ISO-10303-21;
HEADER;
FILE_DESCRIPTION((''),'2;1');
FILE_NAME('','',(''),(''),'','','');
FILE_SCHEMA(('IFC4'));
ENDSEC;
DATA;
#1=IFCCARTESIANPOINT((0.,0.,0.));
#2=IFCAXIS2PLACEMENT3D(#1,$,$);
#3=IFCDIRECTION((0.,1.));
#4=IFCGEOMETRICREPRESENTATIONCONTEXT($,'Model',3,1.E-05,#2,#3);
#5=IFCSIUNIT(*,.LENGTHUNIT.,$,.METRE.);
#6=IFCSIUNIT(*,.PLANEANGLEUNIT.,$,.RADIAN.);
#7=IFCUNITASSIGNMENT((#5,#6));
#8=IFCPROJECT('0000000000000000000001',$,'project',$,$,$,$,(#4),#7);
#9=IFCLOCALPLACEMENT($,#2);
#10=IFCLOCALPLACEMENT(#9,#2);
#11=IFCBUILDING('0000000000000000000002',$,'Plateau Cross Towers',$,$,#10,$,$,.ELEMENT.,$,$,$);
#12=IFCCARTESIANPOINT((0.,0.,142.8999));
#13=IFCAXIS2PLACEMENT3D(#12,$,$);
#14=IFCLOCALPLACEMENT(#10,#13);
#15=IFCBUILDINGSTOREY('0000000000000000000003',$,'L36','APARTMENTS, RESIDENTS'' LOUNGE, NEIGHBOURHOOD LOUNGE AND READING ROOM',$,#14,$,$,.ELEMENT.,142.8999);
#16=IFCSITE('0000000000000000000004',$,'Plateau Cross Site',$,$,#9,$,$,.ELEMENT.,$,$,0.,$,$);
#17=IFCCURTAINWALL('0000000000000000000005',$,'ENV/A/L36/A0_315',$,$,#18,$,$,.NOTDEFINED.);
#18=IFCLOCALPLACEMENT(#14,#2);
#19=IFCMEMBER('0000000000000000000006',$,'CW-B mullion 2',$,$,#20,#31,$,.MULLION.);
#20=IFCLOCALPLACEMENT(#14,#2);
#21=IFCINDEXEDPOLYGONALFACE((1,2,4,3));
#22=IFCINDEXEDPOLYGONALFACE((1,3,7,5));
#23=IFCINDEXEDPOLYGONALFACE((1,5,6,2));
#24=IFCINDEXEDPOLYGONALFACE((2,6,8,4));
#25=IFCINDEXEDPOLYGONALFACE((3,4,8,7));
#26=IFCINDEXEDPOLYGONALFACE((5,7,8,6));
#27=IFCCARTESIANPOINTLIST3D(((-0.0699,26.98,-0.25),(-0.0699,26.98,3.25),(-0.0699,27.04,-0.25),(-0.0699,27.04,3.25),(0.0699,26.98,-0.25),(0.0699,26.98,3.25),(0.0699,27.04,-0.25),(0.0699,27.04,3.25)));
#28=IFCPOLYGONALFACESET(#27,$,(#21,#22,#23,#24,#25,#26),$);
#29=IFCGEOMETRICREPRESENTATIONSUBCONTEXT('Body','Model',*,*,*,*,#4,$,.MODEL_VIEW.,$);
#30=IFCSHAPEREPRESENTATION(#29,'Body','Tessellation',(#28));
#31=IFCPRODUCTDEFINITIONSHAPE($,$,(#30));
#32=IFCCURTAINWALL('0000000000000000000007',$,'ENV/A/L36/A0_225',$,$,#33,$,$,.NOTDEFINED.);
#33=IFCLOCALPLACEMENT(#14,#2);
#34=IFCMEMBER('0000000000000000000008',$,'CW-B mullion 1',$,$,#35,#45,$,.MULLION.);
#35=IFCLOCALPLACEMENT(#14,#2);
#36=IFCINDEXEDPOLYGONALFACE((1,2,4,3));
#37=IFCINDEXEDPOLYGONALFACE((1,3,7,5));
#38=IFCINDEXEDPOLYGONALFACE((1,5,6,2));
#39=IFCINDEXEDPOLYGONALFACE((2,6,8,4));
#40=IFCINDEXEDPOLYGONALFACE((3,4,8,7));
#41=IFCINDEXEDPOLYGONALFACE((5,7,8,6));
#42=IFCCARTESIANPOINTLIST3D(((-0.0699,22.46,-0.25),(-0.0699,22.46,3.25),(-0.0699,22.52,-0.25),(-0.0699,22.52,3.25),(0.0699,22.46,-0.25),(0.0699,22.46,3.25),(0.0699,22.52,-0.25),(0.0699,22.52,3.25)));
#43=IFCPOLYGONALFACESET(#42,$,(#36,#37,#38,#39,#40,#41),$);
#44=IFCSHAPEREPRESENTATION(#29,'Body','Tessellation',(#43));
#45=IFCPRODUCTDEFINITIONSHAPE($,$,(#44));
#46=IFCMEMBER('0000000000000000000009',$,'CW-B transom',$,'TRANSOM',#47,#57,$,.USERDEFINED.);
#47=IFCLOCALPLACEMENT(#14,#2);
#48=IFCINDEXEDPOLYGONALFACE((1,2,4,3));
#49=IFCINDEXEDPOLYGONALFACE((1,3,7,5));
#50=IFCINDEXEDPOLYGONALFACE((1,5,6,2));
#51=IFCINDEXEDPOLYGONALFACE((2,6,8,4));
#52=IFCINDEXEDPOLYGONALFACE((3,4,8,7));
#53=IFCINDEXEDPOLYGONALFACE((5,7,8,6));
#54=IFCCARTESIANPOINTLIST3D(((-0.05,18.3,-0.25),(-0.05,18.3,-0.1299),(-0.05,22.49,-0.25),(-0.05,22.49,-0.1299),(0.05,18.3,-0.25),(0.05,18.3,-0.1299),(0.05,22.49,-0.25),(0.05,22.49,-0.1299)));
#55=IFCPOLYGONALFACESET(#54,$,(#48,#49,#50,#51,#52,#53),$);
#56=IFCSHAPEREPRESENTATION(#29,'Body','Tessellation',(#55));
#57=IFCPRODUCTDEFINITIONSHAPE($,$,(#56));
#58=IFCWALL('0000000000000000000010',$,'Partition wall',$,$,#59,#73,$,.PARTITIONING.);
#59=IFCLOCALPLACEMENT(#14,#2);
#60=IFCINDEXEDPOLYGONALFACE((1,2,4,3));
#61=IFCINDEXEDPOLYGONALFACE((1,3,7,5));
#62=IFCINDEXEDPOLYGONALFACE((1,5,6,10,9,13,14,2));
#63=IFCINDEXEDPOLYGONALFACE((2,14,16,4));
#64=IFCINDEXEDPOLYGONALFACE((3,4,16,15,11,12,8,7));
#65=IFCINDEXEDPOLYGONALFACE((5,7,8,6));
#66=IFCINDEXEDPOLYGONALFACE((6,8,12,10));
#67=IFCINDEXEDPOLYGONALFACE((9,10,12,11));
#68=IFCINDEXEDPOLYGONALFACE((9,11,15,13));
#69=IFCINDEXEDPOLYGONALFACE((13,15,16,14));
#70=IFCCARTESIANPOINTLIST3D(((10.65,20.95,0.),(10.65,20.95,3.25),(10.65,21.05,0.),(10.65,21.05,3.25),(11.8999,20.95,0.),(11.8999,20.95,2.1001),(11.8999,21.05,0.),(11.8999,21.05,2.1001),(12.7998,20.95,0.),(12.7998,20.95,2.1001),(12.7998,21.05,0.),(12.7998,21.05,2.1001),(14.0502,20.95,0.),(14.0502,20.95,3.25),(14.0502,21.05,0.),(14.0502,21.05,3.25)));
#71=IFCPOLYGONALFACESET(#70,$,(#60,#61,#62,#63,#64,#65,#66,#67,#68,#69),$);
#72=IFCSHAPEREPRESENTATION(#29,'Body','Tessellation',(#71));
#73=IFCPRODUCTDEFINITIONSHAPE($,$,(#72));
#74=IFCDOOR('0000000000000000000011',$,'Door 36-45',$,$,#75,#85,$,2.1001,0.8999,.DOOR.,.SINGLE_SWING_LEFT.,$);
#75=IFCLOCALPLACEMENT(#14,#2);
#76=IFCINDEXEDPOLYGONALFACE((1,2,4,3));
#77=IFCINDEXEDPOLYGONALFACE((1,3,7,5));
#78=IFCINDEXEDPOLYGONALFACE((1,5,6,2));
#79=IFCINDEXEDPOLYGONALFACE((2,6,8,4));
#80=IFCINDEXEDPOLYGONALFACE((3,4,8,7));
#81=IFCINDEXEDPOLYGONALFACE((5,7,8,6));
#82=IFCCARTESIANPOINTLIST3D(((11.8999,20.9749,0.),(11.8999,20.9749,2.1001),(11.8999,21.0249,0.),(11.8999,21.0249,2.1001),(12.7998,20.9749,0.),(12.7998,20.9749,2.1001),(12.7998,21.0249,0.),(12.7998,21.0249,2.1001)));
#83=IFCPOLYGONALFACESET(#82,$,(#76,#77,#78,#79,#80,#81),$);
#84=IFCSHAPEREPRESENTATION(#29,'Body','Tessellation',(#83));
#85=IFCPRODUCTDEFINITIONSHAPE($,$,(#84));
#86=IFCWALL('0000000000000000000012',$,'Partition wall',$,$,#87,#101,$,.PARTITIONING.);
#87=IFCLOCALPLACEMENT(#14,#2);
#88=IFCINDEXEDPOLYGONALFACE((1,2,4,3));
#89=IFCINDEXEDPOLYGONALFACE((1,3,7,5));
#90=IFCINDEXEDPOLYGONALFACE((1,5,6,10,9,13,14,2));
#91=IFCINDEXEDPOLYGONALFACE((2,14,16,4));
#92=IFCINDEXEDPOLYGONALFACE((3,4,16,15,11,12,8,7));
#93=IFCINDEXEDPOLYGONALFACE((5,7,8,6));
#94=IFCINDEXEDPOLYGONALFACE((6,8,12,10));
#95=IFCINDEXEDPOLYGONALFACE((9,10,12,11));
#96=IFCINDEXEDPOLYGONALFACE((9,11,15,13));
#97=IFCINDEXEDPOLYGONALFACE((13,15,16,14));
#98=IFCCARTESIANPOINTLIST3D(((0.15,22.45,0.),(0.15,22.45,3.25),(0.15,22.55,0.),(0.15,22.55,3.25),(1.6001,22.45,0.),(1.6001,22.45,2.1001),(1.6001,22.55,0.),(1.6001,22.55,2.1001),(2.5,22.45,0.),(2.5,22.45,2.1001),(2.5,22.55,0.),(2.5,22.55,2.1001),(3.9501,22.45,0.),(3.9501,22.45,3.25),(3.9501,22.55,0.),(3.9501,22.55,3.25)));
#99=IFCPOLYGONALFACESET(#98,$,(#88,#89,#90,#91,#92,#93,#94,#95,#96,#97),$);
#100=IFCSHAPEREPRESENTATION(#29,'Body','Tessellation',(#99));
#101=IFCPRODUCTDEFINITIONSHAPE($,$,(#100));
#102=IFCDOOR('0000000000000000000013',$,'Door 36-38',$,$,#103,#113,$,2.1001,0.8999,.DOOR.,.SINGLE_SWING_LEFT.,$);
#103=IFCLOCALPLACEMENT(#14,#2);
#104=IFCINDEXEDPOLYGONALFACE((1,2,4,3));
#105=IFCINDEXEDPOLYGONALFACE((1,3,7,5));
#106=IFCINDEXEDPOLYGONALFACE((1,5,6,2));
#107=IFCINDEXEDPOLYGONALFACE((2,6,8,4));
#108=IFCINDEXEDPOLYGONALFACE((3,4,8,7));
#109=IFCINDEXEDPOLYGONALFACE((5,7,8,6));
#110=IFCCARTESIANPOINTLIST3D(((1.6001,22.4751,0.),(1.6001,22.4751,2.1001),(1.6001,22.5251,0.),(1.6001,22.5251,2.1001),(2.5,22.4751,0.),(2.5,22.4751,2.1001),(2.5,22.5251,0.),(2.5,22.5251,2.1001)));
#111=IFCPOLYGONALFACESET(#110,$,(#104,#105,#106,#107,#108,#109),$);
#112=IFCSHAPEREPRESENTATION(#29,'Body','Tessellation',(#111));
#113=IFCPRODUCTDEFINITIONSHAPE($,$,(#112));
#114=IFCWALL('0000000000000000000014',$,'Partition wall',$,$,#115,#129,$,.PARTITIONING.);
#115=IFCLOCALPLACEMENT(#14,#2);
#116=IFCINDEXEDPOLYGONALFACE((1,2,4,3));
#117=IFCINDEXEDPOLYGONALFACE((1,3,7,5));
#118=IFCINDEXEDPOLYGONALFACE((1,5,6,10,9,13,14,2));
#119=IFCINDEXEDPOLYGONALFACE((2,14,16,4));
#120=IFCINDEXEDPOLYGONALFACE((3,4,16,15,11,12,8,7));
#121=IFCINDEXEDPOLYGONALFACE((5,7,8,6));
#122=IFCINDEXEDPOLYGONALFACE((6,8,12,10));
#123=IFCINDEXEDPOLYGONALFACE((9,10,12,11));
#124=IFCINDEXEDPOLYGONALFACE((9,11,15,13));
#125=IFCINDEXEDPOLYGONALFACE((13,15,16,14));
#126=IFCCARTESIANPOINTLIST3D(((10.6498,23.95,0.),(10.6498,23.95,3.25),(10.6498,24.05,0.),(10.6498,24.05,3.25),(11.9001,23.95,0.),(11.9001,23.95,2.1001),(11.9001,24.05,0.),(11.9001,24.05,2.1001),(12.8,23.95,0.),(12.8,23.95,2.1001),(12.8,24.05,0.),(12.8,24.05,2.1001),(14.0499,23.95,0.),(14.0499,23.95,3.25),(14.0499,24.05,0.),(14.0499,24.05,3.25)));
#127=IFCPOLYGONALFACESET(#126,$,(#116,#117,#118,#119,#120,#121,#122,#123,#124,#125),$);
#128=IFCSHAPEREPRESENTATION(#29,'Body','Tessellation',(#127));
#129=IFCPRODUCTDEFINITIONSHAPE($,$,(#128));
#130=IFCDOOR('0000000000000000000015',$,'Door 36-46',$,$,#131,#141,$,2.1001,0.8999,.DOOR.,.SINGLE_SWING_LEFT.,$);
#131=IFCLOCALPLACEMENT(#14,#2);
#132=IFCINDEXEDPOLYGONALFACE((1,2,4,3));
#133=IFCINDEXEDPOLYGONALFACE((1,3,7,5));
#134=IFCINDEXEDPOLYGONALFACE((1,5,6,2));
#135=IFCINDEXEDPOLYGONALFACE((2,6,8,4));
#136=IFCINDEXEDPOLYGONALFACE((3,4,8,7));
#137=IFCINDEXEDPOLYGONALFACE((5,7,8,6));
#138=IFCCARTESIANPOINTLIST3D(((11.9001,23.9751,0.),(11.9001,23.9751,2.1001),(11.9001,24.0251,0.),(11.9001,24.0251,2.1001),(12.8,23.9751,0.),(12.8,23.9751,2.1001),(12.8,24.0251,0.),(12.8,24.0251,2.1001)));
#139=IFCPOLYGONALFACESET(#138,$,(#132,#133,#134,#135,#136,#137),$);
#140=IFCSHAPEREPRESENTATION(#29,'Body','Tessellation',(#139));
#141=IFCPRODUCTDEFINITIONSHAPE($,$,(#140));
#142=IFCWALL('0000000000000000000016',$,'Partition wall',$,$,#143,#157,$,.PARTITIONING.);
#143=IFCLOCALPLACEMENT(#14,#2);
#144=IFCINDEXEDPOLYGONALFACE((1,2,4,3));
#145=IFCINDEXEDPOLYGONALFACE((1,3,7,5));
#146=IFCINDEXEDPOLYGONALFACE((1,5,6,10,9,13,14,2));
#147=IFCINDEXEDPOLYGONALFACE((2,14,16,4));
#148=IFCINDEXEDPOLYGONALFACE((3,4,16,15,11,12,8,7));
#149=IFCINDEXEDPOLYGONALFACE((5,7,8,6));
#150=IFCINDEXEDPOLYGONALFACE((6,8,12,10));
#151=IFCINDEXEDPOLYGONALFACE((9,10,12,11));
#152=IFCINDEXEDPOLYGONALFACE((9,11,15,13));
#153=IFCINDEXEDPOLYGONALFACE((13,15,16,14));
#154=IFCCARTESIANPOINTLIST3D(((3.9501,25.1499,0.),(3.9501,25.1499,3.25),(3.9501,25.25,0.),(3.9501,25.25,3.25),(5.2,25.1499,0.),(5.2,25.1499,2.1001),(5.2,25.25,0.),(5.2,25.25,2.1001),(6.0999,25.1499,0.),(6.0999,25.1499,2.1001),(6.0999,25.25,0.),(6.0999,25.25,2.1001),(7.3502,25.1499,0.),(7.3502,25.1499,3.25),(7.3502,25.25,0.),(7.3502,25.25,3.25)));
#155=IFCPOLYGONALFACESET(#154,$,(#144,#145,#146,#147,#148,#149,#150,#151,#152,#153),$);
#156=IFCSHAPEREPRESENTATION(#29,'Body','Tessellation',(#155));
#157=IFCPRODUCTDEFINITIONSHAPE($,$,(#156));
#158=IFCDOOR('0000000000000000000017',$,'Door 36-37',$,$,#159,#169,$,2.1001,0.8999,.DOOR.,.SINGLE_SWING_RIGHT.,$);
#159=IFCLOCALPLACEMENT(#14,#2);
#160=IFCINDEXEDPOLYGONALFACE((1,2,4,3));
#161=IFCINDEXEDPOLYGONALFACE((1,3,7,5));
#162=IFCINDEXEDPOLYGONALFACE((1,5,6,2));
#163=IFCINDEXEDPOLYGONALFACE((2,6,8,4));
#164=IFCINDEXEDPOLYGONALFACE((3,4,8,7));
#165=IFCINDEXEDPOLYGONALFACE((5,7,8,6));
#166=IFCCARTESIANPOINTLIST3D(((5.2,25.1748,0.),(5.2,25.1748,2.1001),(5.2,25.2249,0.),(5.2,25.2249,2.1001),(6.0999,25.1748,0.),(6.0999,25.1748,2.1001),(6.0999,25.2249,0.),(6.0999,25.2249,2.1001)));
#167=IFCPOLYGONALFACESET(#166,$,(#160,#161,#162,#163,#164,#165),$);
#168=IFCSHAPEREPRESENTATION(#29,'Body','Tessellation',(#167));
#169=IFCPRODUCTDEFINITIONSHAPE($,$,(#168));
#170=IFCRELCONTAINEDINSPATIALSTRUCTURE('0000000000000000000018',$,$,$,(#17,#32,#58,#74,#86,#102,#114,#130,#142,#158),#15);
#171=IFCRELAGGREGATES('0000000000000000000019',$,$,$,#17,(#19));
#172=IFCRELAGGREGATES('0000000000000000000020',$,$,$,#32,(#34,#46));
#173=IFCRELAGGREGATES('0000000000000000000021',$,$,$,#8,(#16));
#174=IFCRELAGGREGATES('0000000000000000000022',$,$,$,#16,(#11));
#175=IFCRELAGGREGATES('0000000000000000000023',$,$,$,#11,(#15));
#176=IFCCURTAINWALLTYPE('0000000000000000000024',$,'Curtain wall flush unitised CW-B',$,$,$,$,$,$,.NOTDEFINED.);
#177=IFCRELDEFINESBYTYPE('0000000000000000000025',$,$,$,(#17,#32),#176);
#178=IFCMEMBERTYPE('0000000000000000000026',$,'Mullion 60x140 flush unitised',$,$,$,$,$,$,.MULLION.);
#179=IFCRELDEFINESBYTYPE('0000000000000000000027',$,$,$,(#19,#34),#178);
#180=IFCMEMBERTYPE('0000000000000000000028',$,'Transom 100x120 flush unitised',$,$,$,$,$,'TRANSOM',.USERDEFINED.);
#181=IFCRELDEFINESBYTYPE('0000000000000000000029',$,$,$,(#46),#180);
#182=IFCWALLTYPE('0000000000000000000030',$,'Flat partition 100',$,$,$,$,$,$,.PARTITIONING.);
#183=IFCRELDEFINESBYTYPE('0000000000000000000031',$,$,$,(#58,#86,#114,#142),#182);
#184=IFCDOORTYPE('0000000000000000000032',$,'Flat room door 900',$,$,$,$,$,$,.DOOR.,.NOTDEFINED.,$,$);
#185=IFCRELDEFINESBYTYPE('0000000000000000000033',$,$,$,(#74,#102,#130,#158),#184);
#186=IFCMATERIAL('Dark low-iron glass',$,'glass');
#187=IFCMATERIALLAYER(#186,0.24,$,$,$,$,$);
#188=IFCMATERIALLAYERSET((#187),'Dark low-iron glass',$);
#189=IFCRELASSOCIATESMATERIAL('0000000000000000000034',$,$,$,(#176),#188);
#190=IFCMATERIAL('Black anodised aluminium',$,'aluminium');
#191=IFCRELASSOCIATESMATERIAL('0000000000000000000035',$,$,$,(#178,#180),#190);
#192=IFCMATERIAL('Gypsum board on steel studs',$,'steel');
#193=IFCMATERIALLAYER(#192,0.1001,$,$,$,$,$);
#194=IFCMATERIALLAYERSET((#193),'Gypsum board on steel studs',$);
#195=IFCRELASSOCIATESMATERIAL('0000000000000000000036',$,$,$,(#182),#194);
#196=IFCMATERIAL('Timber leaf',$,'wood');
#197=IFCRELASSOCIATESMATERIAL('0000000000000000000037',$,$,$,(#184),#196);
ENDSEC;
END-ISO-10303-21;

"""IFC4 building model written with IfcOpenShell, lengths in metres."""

from ifc_helpers import new_model, si_unit, direction, frame, frame_2d, origin, origin_2d, place, context, subcontext, project, spatial, rectangle, extrude, material, layer, layer_set, material_profile, profile_set, type_object, element, fill, aggregate, save


model = new_model("IFC4")

# Units and contexts
model_context = context("Model", 3, precision=1e-05, world=origin(), true_north=direction((0.0, 1.0)))
body_context = subcontext(model_context, "Body", "Model", "MODEL_VIEW")
ifc_project = project(units=[si_unit("LENGTHUNIT", "METRE"), si_unit("PLANEANGLEUNIT", "RADIAN")], contexts=[model_context])

# Site, building, storey
site_placement = place(None, origin())
site = spatial("IfcSite", under=ifc_project, at=site_placement, Name="Plateau Cross Site", CompositionType="ELEMENT", RefElevation=0.0)
building_placement = place(site_placement, origin())
building = spatial("IfcBuilding", under=site, at=building_placement, Name="Plateau Cross Towers", CompositionType="ELEMENT")
storey_placement = place(building_placement, frame((0.0, 0.0, 142.8999)))
storey = spatial("IfcBuildingStorey", under=building, at=storey_placement, Name="L36", Description="APARTMENTS, RESIDENTS' LOUNGE, NEIGHBOURHOOD LOUNGE AND READING ROOM", CompositionType="ELEMENT", Elevation=142.8999)

# Curtain wall, member
ifc_material_1 = material(Name="Dark low-iron glass", Category="glass")
ifc_layer_1 = layer(ifc_material_1, 0.24)
ifc_layer_set_1 = layer_set([ifc_layer_1], Name="Dark low-iron glass")
curtain_wall_type = type_object("IfcCurtainWallType", Name="Curtain wall flush unitised CW-B", PredefinedType="NOTDEFINED", material=ifc_layer_set_1)
curtain_wall_1_placement = place(storey_placement, origin())
curtain_wall_1 = element("IfcCurtainWall", 1, at=curtain_wall_1_placement, inside=storey, type_object=curtain_wall_type, Name="ENV/A/L36/A0_315", PredefinedType="NOTDEFINED")
ifc_material_2 = material(Name="Black anodised aluminium", Category="aluminium")
ifc_material_profile_1 = material_profile(ifc_material_2, rectangle(XDim=0.0601, YDim=0.1399, at=origin_2d()), Name="MULLION 60x140")
ifc_profile_set_1 = profile_set([ifc_material_profile_1], Name="Black anodised aluminium")
member_type_1 = type_object("IfcMemberType", Name="Mullion 60x140 flush unitised", PredefinedType="MULLION", material=ifc_profile_set_1)
member_1_placement = place(storey_placement, frame((0.0, 27.01, -0.25), z_axis=(0.0, 0.0, 1.0), x_axis=(0.0, -1.0, 0.0)))
member_1 = element("IfcMember", 2, at=member_1_placement, type_object=member_type_1, Name="CW-B mullion 2", PredefinedType="MULLION", context=body_context, shape_type="SweptSolid", body=[
    extrude(rectangle(XDim=0.0601, YDim=0.1399, at=origin_2d()), origin(), (0.0, 0.0, 1.0), 3.5),
])
aggregate(curtain_wall_1, [member_1])

# Curtain wall, members
curtain_wall_2_placement = place(storey_placement, origin())
curtain_wall_2 = element("IfcCurtainWall", 3, at=curtain_wall_2_placement, inside=storey, type_object=curtain_wall_type, Name="ENV/A/L36/A0_225", PredefinedType="NOTDEFINED")
member_2_placement = place(storey_placement, frame((0.0, 22.49, -0.25), z_axis=(0.0, 0.0, 1.0), x_axis=(0.0, -1.0, 0.0)))
member_2 = element("IfcMember", 4, at=member_2_placement, type_object=member_type_1, Name="CW-B mullion 1", PredefinedType="MULLION", context=body_context, shape_type="SweptSolid", body=[
    extrude(rectangle(XDim=0.0601, YDim=0.1399, at=origin_2d()), origin(), (0.0, 0.0, 1.0), 3.5),
])
ifc_material_profile_2 = material_profile(ifc_material_2, rectangle(XDim=0.1001, YDim=0.1201, at=origin_2d()), Name="TRANSOM 100x120")
ifc_profile_set_2 = profile_set([ifc_material_profile_2], Name="Black anodised aluminium")
member_type_2 = type_object("IfcMemberType", Name="Transom 100x120 flush unitised", ElementType="TRANSOM", PredefinedType="USERDEFINED", material=ifc_profile_set_2)
member_3_placement = place(storey_placement, frame((0.0, 22.49, -0.1899), z_axis=(0.0, -1.0, 0.0), x_axis=(1.0, 0.0, 0.0)))
member_3 = element("IfcMember", 5, at=member_3_placement, type_object=member_type_2, Name="CW-B transom", ObjectType="TRANSOM", PredefinedType="USERDEFINED", context=body_context, shape_type="SweptSolid", body=[
    extrude(rectangle(XDim=0.1001, YDim=0.1201, at=origin_2d()), origin(), (0.0, 0.0, 1.0), 4.1899),
])
aggregate(curtain_wall_2, [member_2, member_3])

# Walls, openings, doors
ifc_material_3 = material(Name="Gypsum board on steel studs", Category="steel")
ifc_layer_2 = layer(ifc_material_3, 0.1001)
ifc_layer_set_2 = layer_set([ifc_layer_2], Name="Gypsum board on steel studs")
wall_type_1 = type_object("IfcWallType", Name="Flat partition 100", PredefinedType="PARTITIONING", material=ifc_layer_set_2)
wall_1_placement = place(storey_placement, frame((10.6499, 21.0, 0.0), z_axis=(0.0, 0.0, 1.0), x_axis=(1.0, 0.0, 0.0)))
wall_1 = element("IfcWall", 6, at=wall_1_placement, inside=storey, type_object=wall_type_1, Name="Partition wall", PredefinedType="PARTITIONING", context=body_context, shape_type="SweptSolid", body=[
    extrude(rectangle(XDim=3.4001, YDim=0.1001, at=frame_2d((1.7002, 0.0))), origin(), (0.0, 0.0, 1.0), 3.25),
])
opening_1_placement = place(wall_1_placement, frame((1.25, 0.0, 0.0)))
opening_1 = element("IfcOpeningElement", 7, at=opening_1_placement, cuts=wall_1, PredefinedType="OPENING", context=body_context, shape_type="SweptSolid", body=[
    extrude(rectangle(XDim=0.8999, YDim=2.1001, at=frame_2d((0.45, 1.05))), frame((0.0, 0.0601, 0.0), z_axis=(0.0, -1.0, 0.0), x_axis=(1.0, 0.0, 0.0)), (0.0, 0.0, 1.0), 0.1201),
])
ifc_material_4 = material(Name="Timber leaf", Category="wood")
door_type_1 = type_object("IfcDoorType", Name="Flat room door 900", OperationType="NOTDEFINED", PredefinedType="DOOR", material=ifc_material_4)
door_1_placement = place(opening_1_placement, origin())
door_1 = element("IfcDoor", 8, at=door_1_placement, inside=storey, type_object=door_type_1, Name="Door 36-45", OperationType="SINGLE_SWING_LEFT", OverallHeight=2.1001, OverallWidth=0.8999, PredefinedType="DOOR", context=body_context, shape_type="SweptSolid", body=[
    extrude(rectangle(XDim=0.8999, YDim=2.1001, at=frame_2d((0.45, 1.05))), frame((0.0, 0.0249, 0.0), z_axis=(0.0, -1.0, 0.0), x_axis=(1.0, 0.0, 0.0)), (0.0, 0.0, 1.0), 0.05),
])
fill(opening_1, door_1)
wall_2_placement = place(storey_placement, frame((3.95, 22.5, 0.0), z_axis=(0.0, 0.0, 1.0), x_axis=(-1.0, 0.0, 0.0)))
wall_2 = element("IfcWall", 9, at=wall_2_placement, inside=storey, type_object=wall_type_1, Name="Partition wall", PredefinedType="PARTITIONING", context=body_context, shape_type="SweptSolid", body=[
    extrude(rectangle(XDim=3.8, YDim=0.1001, at=frame_2d((1.8999, 0.0))), origin(), (0.0, 0.0, 1.0), 3.25),
])
opening_2_placement = place(wall_2_placement, frame((1.45, 0.0, 0.0)))
opening_2 = element("IfcOpeningElement", 10, at=opening_2_placement, cuts=wall_2, PredefinedType="OPENING", context=body_context, shape_type="SweptSolid", body=[
    extrude(rectangle(XDim=0.8999, YDim=2.1001, at=frame_2d((0.45, 1.05))), frame((0.0, 0.0601, 0.0), z_axis=(0.0, -1.0, 0.0), x_axis=(1.0, 0.0, 0.0)), (0.0, 0.0, 1.0), 0.1201),
])
door_2_placement = place(opening_2_placement, origin())
door_2 = element("IfcDoor", 11, at=door_2_placement, inside=storey, type_object=door_type_1, Name="Door 36-38", OperationType="SINGLE_SWING_LEFT", OverallHeight=2.1001, OverallWidth=0.8999, PredefinedType="DOOR", context=body_context, shape_type="SweptSolid", body=[
    extrude(rectangle(XDim=0.8999, YDim=2.1001, at=frame_2d((0.45, 1.05))), frame((0.0, 0.0249, 0.0), z_axis=(0.0, -1.0, 0.0), x_axis=(1.0, 0.0, 0.0)), (0.0, 0.0, 1.0), 0.05),
])
fill(opening_2, door_2)
wall_3_placement = place(storey_placement, frame((14.05, 24.0, 0.0), z_axis=(0.0, 0.0, 1.0), x_axis=(-1.0, 0.0, 0.0)))
wall_3 = element("IfcWall", 12, at=wall_3_placement, inside=storey, type_object=wall_type_1, Name="Partition wall", PredefinedType="PARTITIONING", context=body_context, shape_type="SweptSolid", body=[
    extrude(rectangle(XDim=3.4001, YDim=0.1001, at=frame_2d((1.7002, 0.0))), origin(), (0.0, 0.0, 1.0), 3.25),
])
opening_3_placement = place(wall_3_placement, frame((1.25, 0.0, 0.0)))
opening_3 = element("IfcOpeningElement", 13, at=opening_3_placement, cuts=wall_3, PredefinedType="OPENING", context=body_context, shape_type="SweptSolid", body=[
    extrude(rectangle(XDim=0.8999, YDim=2.1001, at=frame_2d((0.45, 1.05))), frame((0.0, 0.0601, 0.0), z_axis=(0.0, -1.0, 0.0), x_axis=(1.0, 0.0, 0.0)), (0.0, 0.0, 1.0), 0.1201),
])
door_3_placement = place(opening_3_placement, origin())
door_3 = element("IfcDoor", 14, at=door_3_placement, inside=storey, type_object=door_type_1, Name="Door 36-46", OperationType="SINGLE_SWING_LEFT", OverallHeight=2.1001, OverallWidth=0.8999, PredefinedType="DOOR", context=body_context, shape_type="SweptSolid", body=[
    extrude(rectangle(XDim=0.8999, YDim=2.1001, at=frame_2d((0.45, 1.05))), frame((0.0, 0.0249, 0.0), z_axis=(0.0, -1.0, 0.0), x_axis=(1.0, 0.0, 0.0)), (0.0, 0.0, 1.0), 0.05),
])
fill(opening_3, door_3)
wall_4_placement = place(storey_placement, frame((3.95, 25.2, 0.0), z_axis=(0.0, 0.0, 1.0), x_axis=(1.0, 0.0, 0.0)))
wall_4 = element("IfcWall", 15, at=wall_4_placement, inside=storey, type_object=wall_type_1, Name="Partition wall", PredefinedType="PARTITIONING", context=body_context, shape_type="SweptSolid", body=[
    extrude(rectangle(XDim=3.4001, YDim=0.1001, at=frame_2d((1.7002, 0.0))), origin(), (0.0, 0.0, 1.0), 3.25),
])
opening_4_placement = place(wall_4_placement, frame((1.25, 0.0, 0.0)))
opening_4 = element("IfcOpeningElement", 16, at=opening_4_placement, cuts=wall_4, PredefinedType="OPENING", context=body_context, shape_type="SweptSolid", body=[
    extrude(rectangle(XDim=0.8999, YDim=2.1001, at=frame_2d((0.45, 1.05))), frame((0.0, 0.0601, 0.0), z_axis=(0.0, -1.0, 0.0), x_axis=(1.0, 0.0, 0.0)), (0.0, 0.0, 1.0), 0.1201),
])
door_4_placement = place(opening_4_placement, origin())
door_4 = element("IfcDoor", 17, at=door_4_placement, inside=storey, type_object=door_type_1, Name="Door 36-37", OperationType="SINGLE_SWING_RIGHT", OverallHeight=2.1001, OverallWidth=0.8999, PredefinedType="DOOR", context=body_context, shape_type="SweptSolid", body=[
    extrude(rectangle(XDim=0.8999, YDim=2.1001, at=frame_2d((0.45, 1.05))), frame((0.0, 0.0249, 0.0), z_axis=(0.0, -1.0, 0.0), x_axis=(1.0, 0.0, 0.0)), (0.0, 0.0, 1.0), 0.05),
])
fill(opening_4, door_4)

save(model, "model.ifc")
